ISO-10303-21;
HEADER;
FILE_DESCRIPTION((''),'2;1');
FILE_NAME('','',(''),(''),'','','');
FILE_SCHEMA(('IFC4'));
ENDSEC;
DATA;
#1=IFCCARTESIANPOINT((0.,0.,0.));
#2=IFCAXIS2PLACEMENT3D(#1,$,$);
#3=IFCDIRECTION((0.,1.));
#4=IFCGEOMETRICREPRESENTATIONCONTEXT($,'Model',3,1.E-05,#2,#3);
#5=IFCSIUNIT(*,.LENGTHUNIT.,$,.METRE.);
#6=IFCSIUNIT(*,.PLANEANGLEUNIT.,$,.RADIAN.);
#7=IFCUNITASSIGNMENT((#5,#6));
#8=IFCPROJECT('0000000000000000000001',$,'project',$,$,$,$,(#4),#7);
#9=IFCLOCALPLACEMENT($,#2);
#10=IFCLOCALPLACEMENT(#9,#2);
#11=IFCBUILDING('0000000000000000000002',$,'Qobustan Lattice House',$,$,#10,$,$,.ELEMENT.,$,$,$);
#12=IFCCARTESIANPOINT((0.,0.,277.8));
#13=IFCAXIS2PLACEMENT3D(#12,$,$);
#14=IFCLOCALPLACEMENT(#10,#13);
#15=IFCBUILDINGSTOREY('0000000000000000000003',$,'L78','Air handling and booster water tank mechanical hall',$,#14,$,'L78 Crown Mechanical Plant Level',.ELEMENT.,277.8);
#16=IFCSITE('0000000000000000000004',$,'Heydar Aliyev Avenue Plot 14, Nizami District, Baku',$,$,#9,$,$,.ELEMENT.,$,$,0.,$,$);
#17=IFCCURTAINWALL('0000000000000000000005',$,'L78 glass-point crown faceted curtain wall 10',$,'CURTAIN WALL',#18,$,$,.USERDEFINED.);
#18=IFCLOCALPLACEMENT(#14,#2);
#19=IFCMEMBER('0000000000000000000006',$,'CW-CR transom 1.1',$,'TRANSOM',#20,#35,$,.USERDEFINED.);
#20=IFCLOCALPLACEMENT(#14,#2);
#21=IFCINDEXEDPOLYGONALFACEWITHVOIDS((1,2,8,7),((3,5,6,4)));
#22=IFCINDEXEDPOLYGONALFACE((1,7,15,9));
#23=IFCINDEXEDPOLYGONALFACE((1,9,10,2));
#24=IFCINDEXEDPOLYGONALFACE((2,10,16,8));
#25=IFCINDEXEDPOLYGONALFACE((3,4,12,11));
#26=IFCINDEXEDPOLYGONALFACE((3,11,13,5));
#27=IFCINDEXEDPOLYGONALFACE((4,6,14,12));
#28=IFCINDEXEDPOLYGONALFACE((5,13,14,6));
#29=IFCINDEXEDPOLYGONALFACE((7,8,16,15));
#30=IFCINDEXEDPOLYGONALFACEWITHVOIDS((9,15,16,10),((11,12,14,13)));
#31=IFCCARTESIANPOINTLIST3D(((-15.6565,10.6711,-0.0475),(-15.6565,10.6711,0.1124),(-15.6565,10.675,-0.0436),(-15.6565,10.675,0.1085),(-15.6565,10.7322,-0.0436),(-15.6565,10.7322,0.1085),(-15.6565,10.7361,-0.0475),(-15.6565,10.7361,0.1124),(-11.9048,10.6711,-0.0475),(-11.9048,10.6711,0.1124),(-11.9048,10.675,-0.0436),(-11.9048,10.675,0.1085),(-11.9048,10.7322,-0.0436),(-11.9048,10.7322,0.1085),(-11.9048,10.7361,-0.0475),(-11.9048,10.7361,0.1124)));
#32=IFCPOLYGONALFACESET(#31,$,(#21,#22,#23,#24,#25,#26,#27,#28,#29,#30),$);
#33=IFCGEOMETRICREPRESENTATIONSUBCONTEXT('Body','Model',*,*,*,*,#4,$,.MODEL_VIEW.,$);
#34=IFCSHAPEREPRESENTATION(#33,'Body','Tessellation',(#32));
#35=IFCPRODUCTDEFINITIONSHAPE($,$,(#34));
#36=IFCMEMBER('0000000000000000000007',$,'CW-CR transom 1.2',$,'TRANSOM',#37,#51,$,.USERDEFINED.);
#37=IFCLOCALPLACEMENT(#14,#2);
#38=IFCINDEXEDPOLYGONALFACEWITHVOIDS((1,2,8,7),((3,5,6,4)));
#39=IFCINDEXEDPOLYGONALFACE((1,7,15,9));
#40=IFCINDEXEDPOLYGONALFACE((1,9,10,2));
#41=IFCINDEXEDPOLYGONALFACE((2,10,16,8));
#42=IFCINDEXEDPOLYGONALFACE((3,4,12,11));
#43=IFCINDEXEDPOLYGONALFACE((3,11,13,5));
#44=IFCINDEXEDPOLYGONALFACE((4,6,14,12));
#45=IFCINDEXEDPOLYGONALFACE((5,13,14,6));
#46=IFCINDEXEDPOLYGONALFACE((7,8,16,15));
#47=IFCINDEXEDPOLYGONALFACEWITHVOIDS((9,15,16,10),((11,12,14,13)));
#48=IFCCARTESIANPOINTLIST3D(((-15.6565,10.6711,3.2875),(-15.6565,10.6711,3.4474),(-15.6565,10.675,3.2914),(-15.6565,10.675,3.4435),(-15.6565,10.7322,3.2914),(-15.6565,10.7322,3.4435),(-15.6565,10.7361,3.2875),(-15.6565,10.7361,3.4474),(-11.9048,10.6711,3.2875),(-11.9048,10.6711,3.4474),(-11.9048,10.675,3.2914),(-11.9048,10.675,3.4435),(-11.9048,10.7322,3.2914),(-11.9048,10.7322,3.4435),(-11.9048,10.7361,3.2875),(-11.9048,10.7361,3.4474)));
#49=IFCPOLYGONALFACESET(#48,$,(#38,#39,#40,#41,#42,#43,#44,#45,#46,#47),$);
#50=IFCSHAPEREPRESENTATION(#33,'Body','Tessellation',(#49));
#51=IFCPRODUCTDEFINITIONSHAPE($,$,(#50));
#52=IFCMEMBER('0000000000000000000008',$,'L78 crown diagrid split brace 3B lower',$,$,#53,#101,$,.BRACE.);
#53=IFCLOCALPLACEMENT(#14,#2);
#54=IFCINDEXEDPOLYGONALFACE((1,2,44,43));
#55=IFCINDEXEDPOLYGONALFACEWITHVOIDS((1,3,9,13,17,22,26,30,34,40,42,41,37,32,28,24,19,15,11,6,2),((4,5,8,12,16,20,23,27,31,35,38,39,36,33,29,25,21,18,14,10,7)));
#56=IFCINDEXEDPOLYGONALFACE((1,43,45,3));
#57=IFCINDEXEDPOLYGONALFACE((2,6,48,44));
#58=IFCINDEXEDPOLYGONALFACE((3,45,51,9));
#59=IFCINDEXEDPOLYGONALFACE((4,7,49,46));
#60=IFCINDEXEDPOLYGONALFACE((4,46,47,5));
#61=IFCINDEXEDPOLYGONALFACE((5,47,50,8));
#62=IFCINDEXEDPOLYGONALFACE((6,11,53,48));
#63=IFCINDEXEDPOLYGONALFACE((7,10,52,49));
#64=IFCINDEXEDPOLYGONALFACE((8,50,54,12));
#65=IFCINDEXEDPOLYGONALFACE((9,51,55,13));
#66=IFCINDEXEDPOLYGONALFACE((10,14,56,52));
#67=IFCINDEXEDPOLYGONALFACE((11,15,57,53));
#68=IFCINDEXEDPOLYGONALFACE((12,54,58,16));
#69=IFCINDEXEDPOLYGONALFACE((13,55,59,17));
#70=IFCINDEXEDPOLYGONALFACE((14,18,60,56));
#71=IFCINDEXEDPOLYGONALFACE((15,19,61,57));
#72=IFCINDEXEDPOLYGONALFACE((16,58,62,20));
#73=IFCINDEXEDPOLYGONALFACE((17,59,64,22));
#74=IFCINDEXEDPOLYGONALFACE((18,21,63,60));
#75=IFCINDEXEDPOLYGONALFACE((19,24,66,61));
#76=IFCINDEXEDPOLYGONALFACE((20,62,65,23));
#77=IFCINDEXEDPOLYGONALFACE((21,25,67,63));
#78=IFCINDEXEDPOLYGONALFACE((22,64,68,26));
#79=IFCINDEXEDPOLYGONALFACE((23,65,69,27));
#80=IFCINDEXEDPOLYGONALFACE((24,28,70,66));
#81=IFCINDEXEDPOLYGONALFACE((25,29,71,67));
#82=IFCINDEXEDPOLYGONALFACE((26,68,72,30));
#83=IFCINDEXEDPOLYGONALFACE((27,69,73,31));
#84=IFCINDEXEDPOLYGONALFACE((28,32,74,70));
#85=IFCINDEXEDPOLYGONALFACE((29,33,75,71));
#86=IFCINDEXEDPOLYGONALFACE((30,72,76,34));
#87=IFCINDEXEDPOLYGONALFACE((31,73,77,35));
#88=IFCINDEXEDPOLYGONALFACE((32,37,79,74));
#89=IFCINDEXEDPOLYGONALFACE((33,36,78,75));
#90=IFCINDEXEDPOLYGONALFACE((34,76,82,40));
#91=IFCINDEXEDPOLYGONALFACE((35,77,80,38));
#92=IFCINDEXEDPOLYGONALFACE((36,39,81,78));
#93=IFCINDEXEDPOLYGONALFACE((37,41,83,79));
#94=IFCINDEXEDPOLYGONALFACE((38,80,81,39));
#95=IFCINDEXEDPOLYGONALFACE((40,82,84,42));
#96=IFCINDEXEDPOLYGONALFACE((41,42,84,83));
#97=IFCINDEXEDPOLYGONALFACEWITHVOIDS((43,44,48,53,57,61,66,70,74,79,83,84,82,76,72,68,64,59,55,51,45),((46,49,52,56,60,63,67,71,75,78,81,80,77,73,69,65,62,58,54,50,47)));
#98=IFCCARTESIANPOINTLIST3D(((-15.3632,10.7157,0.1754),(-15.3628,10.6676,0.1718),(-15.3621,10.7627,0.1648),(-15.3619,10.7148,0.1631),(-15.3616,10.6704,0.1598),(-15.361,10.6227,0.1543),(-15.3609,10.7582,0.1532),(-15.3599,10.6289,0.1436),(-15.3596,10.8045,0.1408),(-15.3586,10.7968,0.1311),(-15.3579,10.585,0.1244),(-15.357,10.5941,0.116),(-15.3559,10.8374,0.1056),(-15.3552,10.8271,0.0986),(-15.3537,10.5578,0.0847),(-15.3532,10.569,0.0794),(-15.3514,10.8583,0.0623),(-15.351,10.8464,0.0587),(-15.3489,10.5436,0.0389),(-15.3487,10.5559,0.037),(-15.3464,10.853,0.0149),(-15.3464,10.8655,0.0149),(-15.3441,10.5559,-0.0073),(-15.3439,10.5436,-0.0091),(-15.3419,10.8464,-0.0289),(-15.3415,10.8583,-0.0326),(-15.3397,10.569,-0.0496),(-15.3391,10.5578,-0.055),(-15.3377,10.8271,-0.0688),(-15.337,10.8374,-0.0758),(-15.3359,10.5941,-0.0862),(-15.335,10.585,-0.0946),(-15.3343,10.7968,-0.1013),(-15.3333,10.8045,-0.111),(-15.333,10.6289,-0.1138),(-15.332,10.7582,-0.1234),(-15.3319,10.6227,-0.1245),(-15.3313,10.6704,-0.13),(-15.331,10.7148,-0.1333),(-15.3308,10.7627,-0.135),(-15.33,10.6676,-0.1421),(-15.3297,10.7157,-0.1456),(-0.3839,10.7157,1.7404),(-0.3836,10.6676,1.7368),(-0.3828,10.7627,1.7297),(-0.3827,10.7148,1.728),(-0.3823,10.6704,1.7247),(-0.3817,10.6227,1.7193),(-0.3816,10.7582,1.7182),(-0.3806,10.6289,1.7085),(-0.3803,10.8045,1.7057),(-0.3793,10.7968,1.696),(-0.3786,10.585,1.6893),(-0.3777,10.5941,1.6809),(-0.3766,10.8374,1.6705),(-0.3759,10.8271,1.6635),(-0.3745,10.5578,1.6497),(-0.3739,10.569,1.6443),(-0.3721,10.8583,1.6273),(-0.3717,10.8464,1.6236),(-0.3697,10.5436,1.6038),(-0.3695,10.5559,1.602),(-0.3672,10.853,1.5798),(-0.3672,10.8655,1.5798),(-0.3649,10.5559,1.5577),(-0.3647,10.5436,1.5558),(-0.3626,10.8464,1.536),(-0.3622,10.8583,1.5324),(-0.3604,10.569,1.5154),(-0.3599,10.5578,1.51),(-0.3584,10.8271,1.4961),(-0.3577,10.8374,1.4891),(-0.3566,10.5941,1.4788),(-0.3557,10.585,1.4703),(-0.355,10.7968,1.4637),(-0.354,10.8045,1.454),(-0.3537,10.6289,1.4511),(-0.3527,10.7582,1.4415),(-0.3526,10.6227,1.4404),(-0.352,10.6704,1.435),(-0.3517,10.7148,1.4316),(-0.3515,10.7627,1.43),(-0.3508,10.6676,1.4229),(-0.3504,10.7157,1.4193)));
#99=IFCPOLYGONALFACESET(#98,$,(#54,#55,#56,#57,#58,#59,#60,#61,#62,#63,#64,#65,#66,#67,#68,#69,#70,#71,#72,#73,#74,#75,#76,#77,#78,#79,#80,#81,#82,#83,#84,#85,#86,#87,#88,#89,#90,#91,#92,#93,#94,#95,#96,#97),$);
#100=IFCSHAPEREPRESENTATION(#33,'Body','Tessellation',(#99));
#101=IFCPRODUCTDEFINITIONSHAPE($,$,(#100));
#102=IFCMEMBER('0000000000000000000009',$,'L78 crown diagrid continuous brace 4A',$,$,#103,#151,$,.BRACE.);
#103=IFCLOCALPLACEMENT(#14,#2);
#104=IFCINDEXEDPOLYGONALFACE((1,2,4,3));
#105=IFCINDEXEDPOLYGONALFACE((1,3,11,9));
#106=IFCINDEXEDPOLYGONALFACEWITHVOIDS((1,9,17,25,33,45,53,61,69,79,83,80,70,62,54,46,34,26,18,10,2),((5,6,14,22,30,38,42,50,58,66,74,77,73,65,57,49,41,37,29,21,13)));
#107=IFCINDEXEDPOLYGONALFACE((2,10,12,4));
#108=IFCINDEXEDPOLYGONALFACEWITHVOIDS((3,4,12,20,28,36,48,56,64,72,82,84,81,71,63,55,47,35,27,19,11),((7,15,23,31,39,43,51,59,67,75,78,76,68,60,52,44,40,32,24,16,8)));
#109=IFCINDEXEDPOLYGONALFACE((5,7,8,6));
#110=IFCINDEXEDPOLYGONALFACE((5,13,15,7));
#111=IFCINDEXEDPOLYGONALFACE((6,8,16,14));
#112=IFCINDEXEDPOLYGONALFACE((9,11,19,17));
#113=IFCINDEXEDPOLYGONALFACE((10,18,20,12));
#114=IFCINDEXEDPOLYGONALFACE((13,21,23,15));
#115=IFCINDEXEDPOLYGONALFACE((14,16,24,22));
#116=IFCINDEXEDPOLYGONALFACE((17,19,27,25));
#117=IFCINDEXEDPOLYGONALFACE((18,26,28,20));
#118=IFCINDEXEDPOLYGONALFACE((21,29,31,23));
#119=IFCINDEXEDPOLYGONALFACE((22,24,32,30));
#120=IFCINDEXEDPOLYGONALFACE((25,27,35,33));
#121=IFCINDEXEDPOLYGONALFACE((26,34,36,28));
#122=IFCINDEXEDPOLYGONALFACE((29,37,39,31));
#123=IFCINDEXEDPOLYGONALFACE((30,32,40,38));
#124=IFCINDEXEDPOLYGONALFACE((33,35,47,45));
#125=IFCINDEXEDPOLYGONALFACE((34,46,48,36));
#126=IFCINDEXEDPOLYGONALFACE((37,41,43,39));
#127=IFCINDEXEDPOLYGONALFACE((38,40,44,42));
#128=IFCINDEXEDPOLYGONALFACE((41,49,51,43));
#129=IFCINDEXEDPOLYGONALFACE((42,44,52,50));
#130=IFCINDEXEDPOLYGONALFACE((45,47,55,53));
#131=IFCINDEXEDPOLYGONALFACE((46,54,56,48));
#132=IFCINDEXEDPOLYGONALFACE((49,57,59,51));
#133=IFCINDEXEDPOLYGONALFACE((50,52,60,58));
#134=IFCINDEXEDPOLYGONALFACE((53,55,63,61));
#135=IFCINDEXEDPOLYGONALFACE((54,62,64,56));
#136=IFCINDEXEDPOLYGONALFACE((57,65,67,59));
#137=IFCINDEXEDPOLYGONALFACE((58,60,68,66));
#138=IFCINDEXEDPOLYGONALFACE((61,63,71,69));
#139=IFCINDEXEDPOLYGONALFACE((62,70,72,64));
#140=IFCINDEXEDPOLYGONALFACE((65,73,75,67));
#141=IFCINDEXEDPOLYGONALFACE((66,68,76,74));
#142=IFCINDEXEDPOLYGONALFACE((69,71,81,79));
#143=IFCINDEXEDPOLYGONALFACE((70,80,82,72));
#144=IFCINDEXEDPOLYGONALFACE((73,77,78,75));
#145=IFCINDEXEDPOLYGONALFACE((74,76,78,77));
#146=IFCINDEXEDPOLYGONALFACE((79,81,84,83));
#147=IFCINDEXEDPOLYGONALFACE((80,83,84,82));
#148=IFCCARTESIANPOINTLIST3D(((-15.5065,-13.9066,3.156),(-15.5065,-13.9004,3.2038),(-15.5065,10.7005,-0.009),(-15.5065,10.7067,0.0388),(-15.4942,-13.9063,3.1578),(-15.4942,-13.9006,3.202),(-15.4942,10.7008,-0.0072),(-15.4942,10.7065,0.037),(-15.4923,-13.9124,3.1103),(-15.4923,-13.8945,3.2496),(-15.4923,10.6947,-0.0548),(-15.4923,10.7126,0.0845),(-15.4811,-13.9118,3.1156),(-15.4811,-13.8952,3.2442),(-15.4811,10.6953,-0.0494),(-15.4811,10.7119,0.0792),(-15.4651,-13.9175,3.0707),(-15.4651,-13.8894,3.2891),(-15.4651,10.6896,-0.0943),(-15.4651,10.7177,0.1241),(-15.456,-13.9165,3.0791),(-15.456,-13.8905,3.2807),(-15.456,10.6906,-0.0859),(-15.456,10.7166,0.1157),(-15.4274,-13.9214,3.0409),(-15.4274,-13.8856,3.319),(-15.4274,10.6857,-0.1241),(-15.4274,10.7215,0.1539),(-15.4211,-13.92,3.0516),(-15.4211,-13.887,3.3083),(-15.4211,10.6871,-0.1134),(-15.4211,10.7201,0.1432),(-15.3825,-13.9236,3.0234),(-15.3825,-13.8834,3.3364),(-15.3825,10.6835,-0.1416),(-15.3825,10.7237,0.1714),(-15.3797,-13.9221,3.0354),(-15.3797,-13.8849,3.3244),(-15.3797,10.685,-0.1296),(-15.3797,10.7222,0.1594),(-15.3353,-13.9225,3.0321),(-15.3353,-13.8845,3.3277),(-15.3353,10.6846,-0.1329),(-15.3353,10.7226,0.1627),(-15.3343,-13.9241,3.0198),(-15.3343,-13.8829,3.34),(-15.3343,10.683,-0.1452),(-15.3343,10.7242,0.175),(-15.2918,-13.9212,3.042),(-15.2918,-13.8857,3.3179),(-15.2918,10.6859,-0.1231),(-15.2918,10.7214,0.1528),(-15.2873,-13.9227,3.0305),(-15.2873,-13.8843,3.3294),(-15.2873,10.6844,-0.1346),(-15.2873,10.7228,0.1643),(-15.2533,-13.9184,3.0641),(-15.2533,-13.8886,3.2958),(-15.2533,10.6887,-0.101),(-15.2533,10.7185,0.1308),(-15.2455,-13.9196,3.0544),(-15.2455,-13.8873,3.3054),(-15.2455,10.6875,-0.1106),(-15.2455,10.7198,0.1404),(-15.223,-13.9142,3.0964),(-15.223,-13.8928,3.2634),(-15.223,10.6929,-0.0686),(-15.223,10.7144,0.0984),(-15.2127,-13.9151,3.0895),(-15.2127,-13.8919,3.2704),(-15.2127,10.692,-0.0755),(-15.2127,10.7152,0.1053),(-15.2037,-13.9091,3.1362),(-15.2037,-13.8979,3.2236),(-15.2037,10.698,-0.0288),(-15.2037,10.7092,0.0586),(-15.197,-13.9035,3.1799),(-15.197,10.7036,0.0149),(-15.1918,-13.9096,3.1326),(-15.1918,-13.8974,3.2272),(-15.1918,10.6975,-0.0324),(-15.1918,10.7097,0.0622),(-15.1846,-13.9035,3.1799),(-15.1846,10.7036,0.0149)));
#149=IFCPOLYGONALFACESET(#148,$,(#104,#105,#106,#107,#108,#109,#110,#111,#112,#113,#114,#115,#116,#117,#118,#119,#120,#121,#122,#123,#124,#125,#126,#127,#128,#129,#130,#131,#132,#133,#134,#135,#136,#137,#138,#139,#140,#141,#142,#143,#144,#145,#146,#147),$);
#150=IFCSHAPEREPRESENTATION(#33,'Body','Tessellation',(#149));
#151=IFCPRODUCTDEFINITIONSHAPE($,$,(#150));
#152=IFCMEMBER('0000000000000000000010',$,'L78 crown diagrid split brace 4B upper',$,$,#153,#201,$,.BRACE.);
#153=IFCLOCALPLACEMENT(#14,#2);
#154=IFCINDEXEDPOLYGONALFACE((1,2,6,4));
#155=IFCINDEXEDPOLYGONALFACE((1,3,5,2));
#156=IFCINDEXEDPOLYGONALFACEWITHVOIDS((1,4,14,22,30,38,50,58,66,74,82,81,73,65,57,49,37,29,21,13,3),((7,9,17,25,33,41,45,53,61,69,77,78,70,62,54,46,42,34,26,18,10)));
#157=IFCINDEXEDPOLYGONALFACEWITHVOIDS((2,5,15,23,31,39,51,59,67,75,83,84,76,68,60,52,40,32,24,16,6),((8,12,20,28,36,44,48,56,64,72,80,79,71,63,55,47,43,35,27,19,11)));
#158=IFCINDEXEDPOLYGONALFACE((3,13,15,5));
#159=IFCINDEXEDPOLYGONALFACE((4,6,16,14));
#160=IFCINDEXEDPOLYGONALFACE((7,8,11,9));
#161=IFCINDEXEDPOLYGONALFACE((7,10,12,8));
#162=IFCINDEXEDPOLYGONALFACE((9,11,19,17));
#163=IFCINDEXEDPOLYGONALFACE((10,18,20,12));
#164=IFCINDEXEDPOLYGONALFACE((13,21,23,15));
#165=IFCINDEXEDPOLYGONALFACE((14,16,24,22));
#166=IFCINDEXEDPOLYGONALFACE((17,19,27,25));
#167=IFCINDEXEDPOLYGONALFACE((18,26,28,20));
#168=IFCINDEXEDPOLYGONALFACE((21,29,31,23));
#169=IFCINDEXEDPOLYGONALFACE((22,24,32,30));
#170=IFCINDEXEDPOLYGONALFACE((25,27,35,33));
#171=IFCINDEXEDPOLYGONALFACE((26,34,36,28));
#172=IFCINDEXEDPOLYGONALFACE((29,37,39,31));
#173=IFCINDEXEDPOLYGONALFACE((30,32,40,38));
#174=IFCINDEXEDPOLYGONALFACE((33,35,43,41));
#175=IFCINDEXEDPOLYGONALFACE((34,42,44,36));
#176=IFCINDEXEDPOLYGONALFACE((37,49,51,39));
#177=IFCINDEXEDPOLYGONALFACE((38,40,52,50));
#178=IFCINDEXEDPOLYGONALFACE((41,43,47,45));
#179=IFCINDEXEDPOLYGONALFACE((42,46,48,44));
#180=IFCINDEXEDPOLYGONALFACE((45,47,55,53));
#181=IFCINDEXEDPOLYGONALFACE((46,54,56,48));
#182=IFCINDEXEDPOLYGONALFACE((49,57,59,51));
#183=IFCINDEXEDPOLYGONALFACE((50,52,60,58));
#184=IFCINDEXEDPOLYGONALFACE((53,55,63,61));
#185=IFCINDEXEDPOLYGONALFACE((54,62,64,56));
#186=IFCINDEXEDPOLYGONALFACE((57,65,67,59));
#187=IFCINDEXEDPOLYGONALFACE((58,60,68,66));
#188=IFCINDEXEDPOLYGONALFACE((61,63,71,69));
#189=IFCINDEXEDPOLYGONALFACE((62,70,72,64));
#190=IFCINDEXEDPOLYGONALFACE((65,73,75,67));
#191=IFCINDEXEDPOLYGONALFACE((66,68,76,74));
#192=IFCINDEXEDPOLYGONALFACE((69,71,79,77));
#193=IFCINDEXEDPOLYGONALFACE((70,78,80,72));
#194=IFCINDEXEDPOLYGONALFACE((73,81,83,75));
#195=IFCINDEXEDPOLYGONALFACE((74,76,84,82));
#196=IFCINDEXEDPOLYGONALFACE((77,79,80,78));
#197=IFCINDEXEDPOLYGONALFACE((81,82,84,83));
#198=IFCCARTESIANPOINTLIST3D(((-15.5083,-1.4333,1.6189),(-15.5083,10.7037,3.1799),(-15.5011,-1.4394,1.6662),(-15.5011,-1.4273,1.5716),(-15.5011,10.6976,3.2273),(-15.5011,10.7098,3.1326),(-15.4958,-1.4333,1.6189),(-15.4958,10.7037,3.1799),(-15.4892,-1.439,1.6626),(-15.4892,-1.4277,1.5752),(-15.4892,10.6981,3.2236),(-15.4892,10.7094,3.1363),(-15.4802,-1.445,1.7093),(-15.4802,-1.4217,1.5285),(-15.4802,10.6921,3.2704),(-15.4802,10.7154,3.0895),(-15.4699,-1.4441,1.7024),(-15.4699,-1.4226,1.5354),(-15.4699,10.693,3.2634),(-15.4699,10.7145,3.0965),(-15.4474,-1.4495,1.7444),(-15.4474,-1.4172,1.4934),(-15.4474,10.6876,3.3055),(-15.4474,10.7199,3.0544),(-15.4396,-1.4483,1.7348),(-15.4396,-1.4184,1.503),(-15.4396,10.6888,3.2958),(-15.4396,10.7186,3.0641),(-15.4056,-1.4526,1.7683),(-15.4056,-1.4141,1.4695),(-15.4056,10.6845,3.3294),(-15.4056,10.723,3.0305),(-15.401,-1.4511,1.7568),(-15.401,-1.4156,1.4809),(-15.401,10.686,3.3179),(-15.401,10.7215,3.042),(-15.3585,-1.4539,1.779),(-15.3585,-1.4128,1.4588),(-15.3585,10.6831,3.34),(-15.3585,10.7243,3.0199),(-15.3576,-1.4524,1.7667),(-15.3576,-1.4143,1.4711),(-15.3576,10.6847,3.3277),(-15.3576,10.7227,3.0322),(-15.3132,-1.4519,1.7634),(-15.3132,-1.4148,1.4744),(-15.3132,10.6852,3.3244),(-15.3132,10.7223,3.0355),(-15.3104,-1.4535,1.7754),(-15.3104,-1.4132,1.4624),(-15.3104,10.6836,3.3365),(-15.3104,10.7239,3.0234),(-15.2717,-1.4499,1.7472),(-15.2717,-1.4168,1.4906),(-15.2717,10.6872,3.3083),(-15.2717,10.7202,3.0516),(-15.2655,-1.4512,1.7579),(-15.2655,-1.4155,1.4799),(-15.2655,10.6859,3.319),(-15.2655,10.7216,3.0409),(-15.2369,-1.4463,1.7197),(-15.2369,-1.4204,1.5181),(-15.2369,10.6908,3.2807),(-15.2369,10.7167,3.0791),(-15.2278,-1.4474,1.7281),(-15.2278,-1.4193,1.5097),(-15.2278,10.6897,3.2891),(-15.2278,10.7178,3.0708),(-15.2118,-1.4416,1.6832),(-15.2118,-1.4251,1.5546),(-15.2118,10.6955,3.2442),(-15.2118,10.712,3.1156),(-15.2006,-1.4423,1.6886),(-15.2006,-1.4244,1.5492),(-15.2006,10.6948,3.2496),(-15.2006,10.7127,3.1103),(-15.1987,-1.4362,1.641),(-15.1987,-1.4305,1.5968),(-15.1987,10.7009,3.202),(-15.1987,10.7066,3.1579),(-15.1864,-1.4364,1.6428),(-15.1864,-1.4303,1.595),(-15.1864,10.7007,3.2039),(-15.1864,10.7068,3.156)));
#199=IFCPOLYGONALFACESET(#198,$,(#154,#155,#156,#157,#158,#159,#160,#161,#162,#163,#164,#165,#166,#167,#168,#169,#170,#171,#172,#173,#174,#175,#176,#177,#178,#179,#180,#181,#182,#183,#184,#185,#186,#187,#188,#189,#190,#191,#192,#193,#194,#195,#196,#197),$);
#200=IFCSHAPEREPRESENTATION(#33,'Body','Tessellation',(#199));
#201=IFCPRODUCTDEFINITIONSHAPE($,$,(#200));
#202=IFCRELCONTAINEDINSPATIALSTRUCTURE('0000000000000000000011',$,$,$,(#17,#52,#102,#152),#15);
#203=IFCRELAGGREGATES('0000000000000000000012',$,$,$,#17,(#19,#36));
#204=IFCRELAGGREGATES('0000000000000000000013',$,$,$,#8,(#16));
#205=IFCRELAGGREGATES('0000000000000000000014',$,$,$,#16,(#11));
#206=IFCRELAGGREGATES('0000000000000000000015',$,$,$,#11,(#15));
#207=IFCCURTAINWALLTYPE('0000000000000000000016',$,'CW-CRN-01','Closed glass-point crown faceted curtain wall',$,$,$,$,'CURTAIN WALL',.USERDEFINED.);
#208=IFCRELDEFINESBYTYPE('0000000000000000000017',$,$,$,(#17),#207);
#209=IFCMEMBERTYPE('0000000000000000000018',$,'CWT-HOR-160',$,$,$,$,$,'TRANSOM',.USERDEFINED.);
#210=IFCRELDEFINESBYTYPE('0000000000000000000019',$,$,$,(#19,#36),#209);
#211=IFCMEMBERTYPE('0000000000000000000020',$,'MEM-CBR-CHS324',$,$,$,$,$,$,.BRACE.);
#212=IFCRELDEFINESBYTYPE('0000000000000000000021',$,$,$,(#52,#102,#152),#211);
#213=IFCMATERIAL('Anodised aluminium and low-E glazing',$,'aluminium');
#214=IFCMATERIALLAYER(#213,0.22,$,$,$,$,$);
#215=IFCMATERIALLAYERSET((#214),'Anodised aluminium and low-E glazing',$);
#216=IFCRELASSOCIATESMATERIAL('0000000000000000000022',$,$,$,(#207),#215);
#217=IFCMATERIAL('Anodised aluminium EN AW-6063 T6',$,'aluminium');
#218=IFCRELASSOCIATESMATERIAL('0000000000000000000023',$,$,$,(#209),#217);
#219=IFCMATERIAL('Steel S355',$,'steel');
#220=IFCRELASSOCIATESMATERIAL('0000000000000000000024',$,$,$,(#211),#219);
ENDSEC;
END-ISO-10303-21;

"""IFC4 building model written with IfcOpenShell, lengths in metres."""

from ifc_helpers import new_model, si_unit, direction, frame, origin, origin_2d, place, context, subcontext, project, spatial, hollow_rectangle, hollow_circle, extrude, material, layer, layer_set, material_profile, profile_set, type_object, element, aggregate, save


model = new_model("IFC4")

# Units and contexts
model_context = context("Model", 3, precision=1e-05, world=origin(), true_north=direction((0.0, 1.0)))
body_context = subcontext(model_context, "Body", "Model", "MODEL_VIEW")
ifc_project = project(units=[si_unit("LENGTHUNIT", "METRE"), si_unit("PLANEANGLEUNIT", "RADIAN")], contexts=[model_context])

# Site, building, storey
site_placement = place(None, origin())
site = spatial("IfcSite", under=ifc_project, at=site_placement, Name="Heydar Aliyev Avenue Plot 14, Nizami District, Baku", CompositionType="ELEMENT", RefElevation=0.0)
building_placement = place(site_placement, origin())
building = spatial("IfcBuilding", under=site, at=building_placement, Name="Qobustan Lattice House", CompositionType="ELEMENT")
storey_placement = place(building_placement, frame((0.0, 0.0, 277.8)))
storey = spatial("IfcBuildingStorey", under=building, at=storey_placement, Name="L78", Description="Air handling and booster water tank mechanical hall", LongName="L78 Crown Mechanical Plant Level", CompositionType="ELEMENT", Elevation=277.8)

# Shared definitions
ifc_material_1 = material(Name="Anodised aluminium and low-E glazing", Category="aluminium")
ifc_layer_1 = layer(ifc_material_1, 0.22)
ifc_layer_set_1 = layer_set([ifc_layer_1], Name="Anodised aluminium and low-E glazing")
curtain_wall_type = type_object("IfcCurtainWallType", Name="CW-CRN-01", Description="Closed glass-point crown faceted curtain wall", ElementType="CURTAIN WALL", PredefinedType="USERDEFINED", material=ifc_layer_set_1)

# Curtain wall
curtain_wall_1_placement = place(storey_placement, origin())
curtain_wall_1 = element("IfcCurtainWall", 1, at=curtain_wall_1_placement, inside=storey, type_object=curtain_wall_type, Name="L78 glass-point crown faceted curtain wall 10", ObjectType="CURTAIN WALL", PredefinedType="USERDEFINED")

# Members
ifc_material_2 = material(Name="Anodised aluminium EN AW-6063 T6", Category="aluminium")
ifc_material_profile_1 = material_profile(ifc_material_2, hollow_rectangle(XDim=0.0649, YDim=0.1599, WallThickness=0.0039, at=origin_2d()), Name="CWT-160x65")
ifc_profile_set_1 = profile_set([ifc_material_profile_1], Name="Anodised aluminium EN AW-6063 T6")
member_type_1 = type_object("IfcMemberType", Name="CWT-HOR-160", ElementType="TRANSOM", PredefinedType="USERDEFINED", material=ifc_profile_set_1)
member_1_placement = place(storey_placement, frame((-15.6565, 10.7036, 0.0325), z_axis=(1.0, 0.0, 0.0), x_axis=(0.0, 1.0, 0.0)))
member_1 = element("IfcMember", 2, at=member_1_placement, type_object=member_type_1, Name="CW-CR transom 1.1", ObjectType="TRANSOM", PredefinedType="USERDEFINED", context=body_context, shape_type="SweptSolid", body=[
    extrude(hollow_rectangle(XDim=0.0649, YDim=0.1599, WallThickness=0.0039, at=origin_2d()), origin(), (0.0, 0.0, 1.0), 3.7517),
])
member_2_placement = place(storey_placement, frame((-15.6565, 10.7036, 3.3674), z_axis=(1.0, 0.0, 0.0), x_axis=(0.0, 1.0, 0.0)))
member_2 = element("IfcMember", 3, at=member_2_placement, type_object=member_type_1, Name="CW-CR transom 1.2", ObjectType="TRANSOM", PredefinedType="USERDEFINED", context=body_context, shape_type="SweptSolid", body=[
    extrude(hollow_rectangle(XDim=0.0649, YDim=0.1599, WallThickness=0.0039, at=origin_2d()), origin(), (0.0, 0.0, 1.0), 3.7517),
])

# Members
ifc_material_3 = material(Name="Steel S355", Category="steel")
ifc_material_profile_2 = material_profile(ifc_material_3, hollow_circle(Radius=0.1619, WallThickness=0.0125, at=origin_2d()), Name="CHS323.9x12.5")
ifc_profile_set_2 = profile_set([ifc_material_profile_2], Name="Steel S355")
member_type_2 = type_object("IfcMemberType", Name="MEM-CBR-CHS324", PredefinedType="BRACE", material=ifc_profile_set_2)
member_3_placement = place(storey_placement, frame((-15.3464, 10.7036, 0.0149), z_axis=(0.994587, 0.0, 0.103908), x_axis=(0.0, 1.0, 0.0)))
element("IfcMember", 4, at=member_3_placement, inside=storey, type_object=member_type_2, Name="L78 crown diagrid split brace 3B lower", PredefinedType="BRACE", context=body_context, shape_type="SweptSolid", body=[
    extrude(hollow_circle(Radius=0.1619, WallThickness=0.0125, at=origin_2d()), origin(), (0.0, 0.0, 1.0), 15.0608),
])
member_4_placement = place(storey_placement, frame((-15.3464, 10.7036, 0.0149), z_axis=(0.0, -0.991829, 0.127572), x_axis=(1.0, 0.0, 0.0)))
element("IfcMember", 5, at=member_4_placement, inside=storey, type_object=member_type_2, Name="L78 crown diagrid continuous brace 4A", PredefinedType="BRACE", context=body_context, shape_type="SweptSolid", body=[
    extrude(hollow_circle(Radius=0.1619, WallThickness=0.0125, at=origin_2d()), origin(), (0.0, 0.0, 1.0), 24.8098),
])
member_5_placement = place(storey_placement, frame((-15.3464, -1.4333, 1.6189), z_axis=(0.0, 0.99183, 0.127567), x_axis=(-1.0, 0.0, 0.0)))
element("IfcMember", 6, at=member_5_placement, inside=storey, type_object=member_type_2, Name="L78 crown diagrid split brace 4B upper", PredefinedType="BRACE", context=body_context, shape_type="SweptSolid", body=[
    extrude(hollow_circle(Radius=0.1619, WallThickness=0.0125, at=origin_2d()), origin(), (0.0, 0.0, 1.0), 12.2371),
])

aggregate(curtain_wall_1, [member_1, member_2])

save(model, "model.ifc")
